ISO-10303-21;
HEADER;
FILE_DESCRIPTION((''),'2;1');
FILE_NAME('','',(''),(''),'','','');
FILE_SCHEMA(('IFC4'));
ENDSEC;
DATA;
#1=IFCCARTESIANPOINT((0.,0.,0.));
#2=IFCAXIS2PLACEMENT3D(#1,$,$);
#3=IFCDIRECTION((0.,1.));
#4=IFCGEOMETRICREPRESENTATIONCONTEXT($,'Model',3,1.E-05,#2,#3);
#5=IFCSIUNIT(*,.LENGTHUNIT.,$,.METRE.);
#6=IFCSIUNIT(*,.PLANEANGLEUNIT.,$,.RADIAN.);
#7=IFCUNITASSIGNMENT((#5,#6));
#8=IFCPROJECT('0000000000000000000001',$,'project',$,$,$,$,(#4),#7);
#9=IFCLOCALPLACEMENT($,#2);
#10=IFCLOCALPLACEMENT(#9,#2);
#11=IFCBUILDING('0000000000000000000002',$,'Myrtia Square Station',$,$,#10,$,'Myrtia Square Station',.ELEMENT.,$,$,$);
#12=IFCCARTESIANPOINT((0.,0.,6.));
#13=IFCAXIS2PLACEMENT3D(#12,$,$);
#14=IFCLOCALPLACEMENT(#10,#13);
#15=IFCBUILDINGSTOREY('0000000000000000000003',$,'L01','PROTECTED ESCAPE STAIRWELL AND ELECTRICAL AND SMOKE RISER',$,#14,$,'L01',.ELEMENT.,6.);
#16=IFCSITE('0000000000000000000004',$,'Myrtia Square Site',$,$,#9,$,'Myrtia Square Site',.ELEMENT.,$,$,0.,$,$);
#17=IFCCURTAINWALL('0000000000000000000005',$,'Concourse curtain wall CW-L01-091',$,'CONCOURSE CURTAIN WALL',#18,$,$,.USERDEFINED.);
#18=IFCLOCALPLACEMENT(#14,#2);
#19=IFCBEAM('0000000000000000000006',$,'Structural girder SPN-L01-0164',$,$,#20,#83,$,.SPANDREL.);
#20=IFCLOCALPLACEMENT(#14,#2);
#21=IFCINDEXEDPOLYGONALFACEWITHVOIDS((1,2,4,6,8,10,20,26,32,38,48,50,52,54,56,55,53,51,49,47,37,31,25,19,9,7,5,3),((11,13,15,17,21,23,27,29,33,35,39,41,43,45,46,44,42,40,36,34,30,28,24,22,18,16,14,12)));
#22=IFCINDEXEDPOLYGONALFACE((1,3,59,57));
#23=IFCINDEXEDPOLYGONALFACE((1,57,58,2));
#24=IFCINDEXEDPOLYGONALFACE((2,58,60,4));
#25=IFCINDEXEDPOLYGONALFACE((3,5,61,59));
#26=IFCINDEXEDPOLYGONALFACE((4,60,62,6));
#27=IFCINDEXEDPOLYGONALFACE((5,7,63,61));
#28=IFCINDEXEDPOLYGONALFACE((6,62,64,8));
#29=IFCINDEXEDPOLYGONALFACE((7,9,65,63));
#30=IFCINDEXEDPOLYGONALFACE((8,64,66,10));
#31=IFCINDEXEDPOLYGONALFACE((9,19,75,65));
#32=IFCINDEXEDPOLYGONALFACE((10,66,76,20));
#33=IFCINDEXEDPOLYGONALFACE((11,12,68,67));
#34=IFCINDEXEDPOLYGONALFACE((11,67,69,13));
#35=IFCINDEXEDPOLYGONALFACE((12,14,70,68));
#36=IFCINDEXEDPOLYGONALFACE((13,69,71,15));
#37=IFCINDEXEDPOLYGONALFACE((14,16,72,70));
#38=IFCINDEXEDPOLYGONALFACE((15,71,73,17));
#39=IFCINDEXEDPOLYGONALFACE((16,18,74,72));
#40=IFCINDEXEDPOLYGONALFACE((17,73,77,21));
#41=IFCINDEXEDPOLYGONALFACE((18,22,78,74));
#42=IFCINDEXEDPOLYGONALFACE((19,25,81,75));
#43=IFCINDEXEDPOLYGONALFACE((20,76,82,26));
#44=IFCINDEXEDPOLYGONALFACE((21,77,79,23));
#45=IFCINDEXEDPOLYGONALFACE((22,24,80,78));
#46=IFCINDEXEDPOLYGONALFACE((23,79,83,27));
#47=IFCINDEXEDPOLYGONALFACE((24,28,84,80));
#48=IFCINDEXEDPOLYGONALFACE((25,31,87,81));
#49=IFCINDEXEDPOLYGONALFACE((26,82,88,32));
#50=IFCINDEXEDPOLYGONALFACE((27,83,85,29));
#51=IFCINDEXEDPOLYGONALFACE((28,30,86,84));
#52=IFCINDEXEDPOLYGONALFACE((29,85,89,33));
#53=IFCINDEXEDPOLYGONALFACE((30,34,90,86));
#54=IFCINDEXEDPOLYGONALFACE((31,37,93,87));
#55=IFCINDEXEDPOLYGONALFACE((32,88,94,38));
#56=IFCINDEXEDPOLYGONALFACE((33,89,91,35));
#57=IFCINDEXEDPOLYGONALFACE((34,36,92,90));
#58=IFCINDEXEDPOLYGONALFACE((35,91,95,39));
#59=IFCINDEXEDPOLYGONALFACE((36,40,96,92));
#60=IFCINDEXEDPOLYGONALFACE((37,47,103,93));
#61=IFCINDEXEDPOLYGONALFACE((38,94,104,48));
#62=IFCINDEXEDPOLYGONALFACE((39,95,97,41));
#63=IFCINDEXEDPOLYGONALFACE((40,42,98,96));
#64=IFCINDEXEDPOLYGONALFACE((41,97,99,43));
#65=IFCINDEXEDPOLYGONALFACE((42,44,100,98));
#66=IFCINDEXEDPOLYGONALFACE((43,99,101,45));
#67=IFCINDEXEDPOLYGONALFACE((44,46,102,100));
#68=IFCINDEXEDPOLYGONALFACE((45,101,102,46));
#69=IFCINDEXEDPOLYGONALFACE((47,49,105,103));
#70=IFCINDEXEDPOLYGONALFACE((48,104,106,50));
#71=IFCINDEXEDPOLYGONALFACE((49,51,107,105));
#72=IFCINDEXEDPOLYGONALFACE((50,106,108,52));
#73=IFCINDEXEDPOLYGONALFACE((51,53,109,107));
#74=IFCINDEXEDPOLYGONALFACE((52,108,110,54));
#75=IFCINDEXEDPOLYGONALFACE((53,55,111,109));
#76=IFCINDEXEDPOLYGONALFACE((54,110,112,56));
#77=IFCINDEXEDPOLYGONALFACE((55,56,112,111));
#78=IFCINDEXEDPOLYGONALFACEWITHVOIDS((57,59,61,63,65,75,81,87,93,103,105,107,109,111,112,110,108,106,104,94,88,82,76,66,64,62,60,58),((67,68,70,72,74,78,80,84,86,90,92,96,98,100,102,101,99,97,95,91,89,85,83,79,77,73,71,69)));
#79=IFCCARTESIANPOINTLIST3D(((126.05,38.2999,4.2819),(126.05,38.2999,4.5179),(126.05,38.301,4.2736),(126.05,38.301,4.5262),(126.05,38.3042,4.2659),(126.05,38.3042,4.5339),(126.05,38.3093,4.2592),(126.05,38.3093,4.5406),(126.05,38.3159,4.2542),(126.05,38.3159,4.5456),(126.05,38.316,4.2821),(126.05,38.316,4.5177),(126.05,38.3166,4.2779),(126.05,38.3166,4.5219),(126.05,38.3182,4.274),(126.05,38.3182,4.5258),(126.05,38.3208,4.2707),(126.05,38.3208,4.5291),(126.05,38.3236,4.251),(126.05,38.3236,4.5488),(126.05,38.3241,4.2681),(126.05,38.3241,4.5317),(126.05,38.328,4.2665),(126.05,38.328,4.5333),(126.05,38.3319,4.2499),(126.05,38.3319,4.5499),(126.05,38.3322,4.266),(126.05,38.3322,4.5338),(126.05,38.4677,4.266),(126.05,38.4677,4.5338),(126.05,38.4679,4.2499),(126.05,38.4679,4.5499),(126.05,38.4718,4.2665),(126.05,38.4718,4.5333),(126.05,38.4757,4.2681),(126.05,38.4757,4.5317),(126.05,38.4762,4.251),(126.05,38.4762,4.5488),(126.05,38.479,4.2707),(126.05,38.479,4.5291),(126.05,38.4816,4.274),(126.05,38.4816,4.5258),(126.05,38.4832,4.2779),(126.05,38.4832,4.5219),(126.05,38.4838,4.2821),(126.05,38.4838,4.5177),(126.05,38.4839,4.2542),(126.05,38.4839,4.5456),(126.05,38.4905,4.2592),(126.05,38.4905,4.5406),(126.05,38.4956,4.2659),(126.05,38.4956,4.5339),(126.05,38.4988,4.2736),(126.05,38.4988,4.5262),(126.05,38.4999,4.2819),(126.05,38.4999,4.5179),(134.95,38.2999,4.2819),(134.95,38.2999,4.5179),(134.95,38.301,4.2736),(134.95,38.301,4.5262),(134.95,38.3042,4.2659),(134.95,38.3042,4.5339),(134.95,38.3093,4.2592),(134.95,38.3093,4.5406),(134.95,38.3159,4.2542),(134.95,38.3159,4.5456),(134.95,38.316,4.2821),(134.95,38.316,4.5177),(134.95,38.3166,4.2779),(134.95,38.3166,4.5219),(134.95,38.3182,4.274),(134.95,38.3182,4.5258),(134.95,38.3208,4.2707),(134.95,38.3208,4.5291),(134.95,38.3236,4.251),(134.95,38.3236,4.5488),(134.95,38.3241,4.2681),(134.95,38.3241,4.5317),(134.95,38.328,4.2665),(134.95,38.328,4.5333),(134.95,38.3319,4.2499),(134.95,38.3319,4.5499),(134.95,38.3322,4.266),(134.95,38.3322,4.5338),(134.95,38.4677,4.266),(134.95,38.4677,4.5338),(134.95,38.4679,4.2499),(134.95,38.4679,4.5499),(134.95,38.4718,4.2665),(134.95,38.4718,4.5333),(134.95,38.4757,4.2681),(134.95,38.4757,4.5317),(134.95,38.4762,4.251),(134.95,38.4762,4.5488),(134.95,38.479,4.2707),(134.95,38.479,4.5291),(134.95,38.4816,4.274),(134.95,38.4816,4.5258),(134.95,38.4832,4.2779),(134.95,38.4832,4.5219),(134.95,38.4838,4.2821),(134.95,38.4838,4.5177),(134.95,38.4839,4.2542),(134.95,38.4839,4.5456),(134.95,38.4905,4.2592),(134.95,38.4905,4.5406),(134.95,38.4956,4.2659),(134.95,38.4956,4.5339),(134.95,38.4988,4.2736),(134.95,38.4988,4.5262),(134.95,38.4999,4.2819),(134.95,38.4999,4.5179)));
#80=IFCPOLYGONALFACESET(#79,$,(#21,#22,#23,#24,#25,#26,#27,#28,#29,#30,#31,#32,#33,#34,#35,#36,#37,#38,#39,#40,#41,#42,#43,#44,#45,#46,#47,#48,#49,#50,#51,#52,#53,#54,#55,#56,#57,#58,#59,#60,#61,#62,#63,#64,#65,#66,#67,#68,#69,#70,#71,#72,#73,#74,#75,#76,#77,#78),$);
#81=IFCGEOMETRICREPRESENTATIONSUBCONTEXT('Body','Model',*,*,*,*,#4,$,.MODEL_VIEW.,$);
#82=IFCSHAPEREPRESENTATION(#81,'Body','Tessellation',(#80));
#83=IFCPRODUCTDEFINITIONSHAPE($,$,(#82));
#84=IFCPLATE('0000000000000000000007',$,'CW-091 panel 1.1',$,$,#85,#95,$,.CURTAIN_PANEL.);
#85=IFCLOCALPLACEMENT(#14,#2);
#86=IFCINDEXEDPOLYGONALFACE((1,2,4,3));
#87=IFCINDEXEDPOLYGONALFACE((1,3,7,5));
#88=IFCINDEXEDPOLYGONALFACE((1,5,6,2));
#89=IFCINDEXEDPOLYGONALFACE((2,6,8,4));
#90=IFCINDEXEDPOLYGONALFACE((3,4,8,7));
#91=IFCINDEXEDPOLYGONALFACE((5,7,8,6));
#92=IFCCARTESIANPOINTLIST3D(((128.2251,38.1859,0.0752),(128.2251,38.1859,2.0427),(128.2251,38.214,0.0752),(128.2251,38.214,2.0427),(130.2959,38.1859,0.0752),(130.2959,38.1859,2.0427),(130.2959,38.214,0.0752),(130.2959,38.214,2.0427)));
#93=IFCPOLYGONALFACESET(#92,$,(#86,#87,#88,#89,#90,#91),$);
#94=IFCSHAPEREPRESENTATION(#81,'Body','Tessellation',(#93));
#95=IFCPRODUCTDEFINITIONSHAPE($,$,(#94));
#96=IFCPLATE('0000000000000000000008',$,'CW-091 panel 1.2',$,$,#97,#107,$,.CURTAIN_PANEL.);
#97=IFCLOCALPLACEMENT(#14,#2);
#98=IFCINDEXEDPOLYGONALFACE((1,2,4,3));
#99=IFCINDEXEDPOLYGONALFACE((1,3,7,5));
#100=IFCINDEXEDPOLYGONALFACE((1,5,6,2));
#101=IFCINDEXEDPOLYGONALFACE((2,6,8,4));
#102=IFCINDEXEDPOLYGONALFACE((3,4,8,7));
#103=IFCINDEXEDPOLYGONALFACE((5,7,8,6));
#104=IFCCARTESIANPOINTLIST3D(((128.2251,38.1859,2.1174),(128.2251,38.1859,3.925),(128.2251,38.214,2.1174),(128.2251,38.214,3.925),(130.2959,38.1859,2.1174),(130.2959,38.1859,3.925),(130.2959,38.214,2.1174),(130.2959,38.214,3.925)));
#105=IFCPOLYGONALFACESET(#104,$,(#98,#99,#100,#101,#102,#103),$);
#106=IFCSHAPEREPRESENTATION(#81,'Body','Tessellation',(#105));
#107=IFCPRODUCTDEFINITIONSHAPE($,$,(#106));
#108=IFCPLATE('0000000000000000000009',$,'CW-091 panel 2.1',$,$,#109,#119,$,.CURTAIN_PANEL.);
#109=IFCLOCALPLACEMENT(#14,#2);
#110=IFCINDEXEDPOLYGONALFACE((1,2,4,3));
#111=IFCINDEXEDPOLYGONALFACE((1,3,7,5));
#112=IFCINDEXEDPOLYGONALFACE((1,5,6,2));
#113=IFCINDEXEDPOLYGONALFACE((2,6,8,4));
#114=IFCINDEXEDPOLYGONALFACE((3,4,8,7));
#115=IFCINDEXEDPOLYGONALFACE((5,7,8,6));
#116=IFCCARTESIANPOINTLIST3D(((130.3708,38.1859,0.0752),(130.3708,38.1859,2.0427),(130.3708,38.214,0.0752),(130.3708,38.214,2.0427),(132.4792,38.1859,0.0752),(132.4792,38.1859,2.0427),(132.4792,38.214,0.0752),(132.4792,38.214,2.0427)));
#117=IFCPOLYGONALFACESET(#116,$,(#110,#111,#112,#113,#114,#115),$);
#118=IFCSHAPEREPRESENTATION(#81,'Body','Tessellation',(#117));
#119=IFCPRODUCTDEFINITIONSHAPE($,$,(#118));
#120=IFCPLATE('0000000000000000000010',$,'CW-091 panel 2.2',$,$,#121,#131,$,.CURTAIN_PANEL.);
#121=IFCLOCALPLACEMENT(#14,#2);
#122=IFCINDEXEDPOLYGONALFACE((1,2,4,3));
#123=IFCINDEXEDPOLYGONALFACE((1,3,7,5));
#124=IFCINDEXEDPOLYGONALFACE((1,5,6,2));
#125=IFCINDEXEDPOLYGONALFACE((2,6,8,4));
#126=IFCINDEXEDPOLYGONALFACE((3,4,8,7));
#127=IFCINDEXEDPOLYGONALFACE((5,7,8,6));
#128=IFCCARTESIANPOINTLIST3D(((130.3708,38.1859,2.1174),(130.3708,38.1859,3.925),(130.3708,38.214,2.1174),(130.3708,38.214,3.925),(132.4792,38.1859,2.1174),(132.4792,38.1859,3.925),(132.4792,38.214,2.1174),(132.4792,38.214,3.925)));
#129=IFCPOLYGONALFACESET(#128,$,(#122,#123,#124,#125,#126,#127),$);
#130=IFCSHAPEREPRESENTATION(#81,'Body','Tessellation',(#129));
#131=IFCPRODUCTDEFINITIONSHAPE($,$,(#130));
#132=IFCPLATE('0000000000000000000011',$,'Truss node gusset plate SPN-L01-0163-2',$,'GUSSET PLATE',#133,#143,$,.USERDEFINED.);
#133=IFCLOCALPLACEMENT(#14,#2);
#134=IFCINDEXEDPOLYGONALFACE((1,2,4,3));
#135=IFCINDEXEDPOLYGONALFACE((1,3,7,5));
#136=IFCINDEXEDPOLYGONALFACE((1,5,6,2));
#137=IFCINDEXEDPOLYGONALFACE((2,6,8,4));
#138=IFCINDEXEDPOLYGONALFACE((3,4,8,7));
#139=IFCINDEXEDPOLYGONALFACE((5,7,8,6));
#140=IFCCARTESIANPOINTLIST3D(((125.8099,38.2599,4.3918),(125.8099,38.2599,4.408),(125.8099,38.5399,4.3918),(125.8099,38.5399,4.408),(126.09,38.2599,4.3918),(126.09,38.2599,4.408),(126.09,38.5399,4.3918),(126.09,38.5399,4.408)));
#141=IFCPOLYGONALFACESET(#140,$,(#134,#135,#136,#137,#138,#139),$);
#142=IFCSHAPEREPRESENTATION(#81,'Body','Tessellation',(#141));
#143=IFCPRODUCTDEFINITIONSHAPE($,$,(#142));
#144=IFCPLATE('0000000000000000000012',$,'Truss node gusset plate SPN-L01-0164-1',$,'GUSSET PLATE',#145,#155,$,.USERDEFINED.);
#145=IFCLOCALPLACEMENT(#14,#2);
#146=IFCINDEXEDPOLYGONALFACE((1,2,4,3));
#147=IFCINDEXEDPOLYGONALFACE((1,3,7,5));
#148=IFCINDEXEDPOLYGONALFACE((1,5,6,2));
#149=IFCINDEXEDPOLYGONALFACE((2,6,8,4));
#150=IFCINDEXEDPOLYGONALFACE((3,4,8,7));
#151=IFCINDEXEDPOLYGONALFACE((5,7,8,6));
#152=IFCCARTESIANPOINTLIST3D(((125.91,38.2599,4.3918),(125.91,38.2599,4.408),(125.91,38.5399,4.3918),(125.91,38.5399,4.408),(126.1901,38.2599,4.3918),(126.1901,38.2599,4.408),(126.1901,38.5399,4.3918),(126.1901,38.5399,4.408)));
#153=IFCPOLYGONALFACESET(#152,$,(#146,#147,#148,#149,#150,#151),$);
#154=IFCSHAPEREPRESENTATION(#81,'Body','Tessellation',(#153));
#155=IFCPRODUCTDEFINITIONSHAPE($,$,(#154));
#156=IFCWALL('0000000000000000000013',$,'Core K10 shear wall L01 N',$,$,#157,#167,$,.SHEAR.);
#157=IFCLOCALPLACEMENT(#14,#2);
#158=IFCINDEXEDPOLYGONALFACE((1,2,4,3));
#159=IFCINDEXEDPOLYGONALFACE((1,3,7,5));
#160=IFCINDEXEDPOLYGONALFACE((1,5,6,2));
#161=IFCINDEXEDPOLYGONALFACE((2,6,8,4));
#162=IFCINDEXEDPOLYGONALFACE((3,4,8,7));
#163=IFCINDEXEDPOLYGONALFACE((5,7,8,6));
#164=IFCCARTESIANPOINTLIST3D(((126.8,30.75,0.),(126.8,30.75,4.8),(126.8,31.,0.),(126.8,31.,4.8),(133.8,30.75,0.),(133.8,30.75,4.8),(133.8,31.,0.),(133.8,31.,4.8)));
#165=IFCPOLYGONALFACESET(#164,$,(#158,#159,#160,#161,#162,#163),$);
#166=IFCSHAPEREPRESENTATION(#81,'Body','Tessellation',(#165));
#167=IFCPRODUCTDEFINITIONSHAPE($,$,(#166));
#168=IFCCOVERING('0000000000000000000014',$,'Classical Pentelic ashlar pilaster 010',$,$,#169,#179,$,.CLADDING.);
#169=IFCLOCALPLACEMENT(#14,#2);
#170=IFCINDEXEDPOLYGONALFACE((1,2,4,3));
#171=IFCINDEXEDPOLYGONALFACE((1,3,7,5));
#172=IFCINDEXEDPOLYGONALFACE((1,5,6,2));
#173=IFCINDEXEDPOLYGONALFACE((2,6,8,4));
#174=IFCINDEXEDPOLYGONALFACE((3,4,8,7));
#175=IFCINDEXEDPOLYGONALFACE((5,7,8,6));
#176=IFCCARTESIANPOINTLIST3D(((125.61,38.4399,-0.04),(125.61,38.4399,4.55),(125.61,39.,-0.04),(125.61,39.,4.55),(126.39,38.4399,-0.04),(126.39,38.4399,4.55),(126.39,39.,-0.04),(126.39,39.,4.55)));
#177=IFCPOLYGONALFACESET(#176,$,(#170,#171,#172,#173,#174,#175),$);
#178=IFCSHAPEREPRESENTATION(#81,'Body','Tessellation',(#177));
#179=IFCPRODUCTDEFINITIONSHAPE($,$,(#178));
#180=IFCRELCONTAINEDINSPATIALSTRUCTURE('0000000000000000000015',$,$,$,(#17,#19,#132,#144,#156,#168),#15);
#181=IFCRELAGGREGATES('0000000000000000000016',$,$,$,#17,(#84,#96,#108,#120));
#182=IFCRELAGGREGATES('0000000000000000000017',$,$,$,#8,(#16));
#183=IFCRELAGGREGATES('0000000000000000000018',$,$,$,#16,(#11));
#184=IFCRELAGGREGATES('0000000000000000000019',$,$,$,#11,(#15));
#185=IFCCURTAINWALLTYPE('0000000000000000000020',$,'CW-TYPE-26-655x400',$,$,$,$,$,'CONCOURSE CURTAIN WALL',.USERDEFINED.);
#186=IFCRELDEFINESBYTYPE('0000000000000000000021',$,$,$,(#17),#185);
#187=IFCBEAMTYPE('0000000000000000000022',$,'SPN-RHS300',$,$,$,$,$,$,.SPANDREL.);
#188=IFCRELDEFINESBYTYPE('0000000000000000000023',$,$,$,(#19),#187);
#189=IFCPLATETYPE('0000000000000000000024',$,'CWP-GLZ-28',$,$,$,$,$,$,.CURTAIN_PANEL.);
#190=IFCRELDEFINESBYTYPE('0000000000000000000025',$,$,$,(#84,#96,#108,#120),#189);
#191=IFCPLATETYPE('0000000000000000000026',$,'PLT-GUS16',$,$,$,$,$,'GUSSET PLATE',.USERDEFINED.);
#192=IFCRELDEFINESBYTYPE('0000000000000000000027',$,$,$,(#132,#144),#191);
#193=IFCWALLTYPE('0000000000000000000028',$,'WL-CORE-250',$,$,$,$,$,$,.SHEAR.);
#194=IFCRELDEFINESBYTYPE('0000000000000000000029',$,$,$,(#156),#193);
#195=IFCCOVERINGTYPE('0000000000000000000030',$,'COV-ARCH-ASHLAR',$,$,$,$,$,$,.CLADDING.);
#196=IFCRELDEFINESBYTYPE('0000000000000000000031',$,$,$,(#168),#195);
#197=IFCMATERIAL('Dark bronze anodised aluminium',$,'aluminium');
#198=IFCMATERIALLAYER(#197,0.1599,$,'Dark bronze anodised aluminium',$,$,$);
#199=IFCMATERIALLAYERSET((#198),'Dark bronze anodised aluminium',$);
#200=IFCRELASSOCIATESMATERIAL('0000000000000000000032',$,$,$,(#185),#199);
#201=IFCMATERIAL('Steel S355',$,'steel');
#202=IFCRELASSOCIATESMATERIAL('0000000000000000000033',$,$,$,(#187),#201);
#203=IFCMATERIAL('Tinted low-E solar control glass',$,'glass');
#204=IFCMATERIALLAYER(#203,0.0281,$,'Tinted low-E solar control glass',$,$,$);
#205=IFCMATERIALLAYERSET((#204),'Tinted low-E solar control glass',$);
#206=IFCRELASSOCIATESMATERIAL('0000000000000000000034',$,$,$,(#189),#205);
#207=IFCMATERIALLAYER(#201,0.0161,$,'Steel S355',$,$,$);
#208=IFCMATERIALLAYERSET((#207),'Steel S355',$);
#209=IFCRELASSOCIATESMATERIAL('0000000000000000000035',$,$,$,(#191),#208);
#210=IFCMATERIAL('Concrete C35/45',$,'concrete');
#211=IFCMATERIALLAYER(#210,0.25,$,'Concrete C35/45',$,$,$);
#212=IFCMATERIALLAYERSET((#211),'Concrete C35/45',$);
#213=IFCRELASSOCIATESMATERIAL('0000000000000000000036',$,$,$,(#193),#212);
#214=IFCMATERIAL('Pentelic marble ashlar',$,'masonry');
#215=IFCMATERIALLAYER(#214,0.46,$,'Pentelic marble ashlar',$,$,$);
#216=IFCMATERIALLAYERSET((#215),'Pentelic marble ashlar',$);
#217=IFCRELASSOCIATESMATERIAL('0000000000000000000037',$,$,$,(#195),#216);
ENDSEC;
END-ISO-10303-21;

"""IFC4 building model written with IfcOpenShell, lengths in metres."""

from ifc_helpers import new_model, si_unit, direction, frame, frame_2d, origin, origin_2d, place, context, subcontext, project, spatial, rectangle, hollow_rectangle, extrude, material, layer, layer_set, material_profile, profile_set, type_object, element, aggregate, save


model = new_model("IFC4")

# Units and contexts
model_context = context("Model", 3, precision=1e-05, world=origin(), true_north=direction((0.0, 1.0)))
body_context = subcontext(model_context, "Body", "Model", "MODEL_VIEW")
ifc_project = project(units=[si_unit("LENGTHUNIT", "METRE"), si_unit("PLANEANGLEUNIT", "RADIAN")], contexts=[model_context])

# Site, building, storey
site_placement = place(None, origin())
site = spatial("IfcSite", under=ifc_project, at=site_placement, Name="Myrtia Square Site", LongName="Myrtia Square Site", CompositionType="ELEMENT", RefElevation=0.0)
building_placement = place(site_placement, origin())
building = spatial("IfcBuilding", under=site, at=building_placement, Name="Myrtia Square Station", LongName="Myrtia Square Station", CompositionType="ELEMENT")
storey_placement = place(building_placement, frame((0.0, 0.0, 6.0)))
storey = spatial("IfcBuildingStorey", under=building, at=storey_placement, Name="L01", Description="PROTECTED ESCAPE STAIRWELL AND ELECTRICAL AND SMOKE RISER", LongName="L01", CompositionType="ELEMENT", Elevation=6.0)

# Shared definitions
ifc_material_1 = material(Name="Steel S355", Category="steel")

# Shared definitions
ifc_material_2 = material(Name="Dark bronze anodised aluminium", Category="aluminium")

# Curtain wall
ifc_layer_1 = layer(ifc_material_2, 0.1599, Name="Dark bronze anodised aluminium")
ifc_layer_set_1 = layer_set([ifc_layer_1], Name="Dark bronze anodised aluminium")
curtain_wall_type_1 = type_object("IfcCurtainWallType", Name="CW-TYPE-26-655x400", ElementType="CONCOURSE CURTAIN WALL", PredefinedType="USERDEFINED", material=ifc_layer_set_1)
curtain_wall_1_placement = place(storey_placement, origin())
curtain_wall_1 = element("IfcCurtainWall", 1, at=curtain_wall_1_placement, inside=storey, type_object=curtain_wall_type_1, Name="Concourse curtain wall CW-L01-091", ObjectType="CONCOURSE CURTAIN WALL", PredefinedType="USERDEFINED")

# Beam
ifc_material_profile_1 = material_profile(ifc_material_1, hollow_rectangle(XDim=0.2, YDim=0.3, WallThickness=0.0161, InnerFilletRadius=0.0161, OuterFilletRadius=0.032, at=origin_2d()), Name="RHS 300x200x16")
ifc_profile_set_1 = profile_set([ifc_material_profile_1], Name="Steel S355")
beam_type = type_object("IfcBeamType", Name="SPN-RHS300", PredefinedType="SPANDREL", material=ifc_profile_set_1)
beam_placement = place(storey_placement, frame((126.05, 38.3999, 4.3999), z_axis=(1.0, 0.0, 0.0), x_axis=(0.0, 1.0, 0.0)))
element("IfcBeam", 2, at=beam_placement, inside=storey, type_object=beam_type, Name="Structural girder SPN-L01-0164", PredefinedType="SPANDREL", context=body_context, shape_type="SweptSolid", body=[
    extrude(hollow_rectangle(XDim=0.2, YDim=0.3, WallThickness=0.0161, InnerFilletRadius=0.0161, OuterFilletRadius=0.032, at=origin_2d()), origin(), (0.0, 0.0, 1.0), 8.8999),
])

# Plates
ifc_material_3 = material(Name="Tinted low-E solar control glass", Category="glass")
ifc_layer_2 = layer(ifc_material_3, 0.0281, Name="Tinted low-E solar control glass")
ifc_layer_set_2 = layer_set([ifc_layer_2], Name="Tinted low-E solar control glass")
plate_type_1 = type_object("IfcPlateType", Name="CWP-GLZ-28", PredefinedType="CURTAIN_PANEL", material=ifc_layer_set_2)
plate_1_placement = place(storey_placement, frame((129.2605, 38.2, 0.0752), z_axis=(0.0, 0.0, 1.0), x_axis=(1.0, 0.0, 0.0)))
plate_1 = element("IfcPlate", 3, at=plate_1_placement, type_object=plate_type_1, Name="CW-091 panel 1.1", PredefinedType="CURTAIN_PANEL", context=body_context, shape_type="SweptSolid", body=[
    extrude(rectangle(XDim=2.0708, YDim=0.0281, at=origin_2d()), origin(), (0.0, 0.0, 1.0), 1.9675),
])
plate_2_placement = place(storey_placement, frame((129.2605, 38.2, 2.1174), z_axis=(0.0, 0.0, 1.0), x_axis=(1.0, 0.0, 0.0)))
plate_2 = element("IfcPlate", 4, at=plate_2_placement, type_object=plate_type_1, Name="CW-091 panel 1.2", PredefinedType="CURTAIN_PANEL", context=body_context, shape_type="SweptSolid", body=[
    extrude(rectangle(XDim=2.0708, YDim=0.0281, at=origin_2d()), origin(), (0.0, 0.0, 1.0), 1.8076),
])
plate_3_placement = place(storey_placement, frame((131.425, 38.2, 0.0752), z_axis=(0.0, 0.0, 1.0), x_axis=(1.0, 0.0, 0.0)))
plate_3 = element("IfcPlate", 5, at=plate_3_placement, type_object=plate_type_1, Name="CW-091 panel 2.1", PredefinedType="CURTAIN_PANEL", context=body_context, shape_type="SweptSolid", body=[
    extrude(rectangle(XDim=2.1084, YDim=0.0281, at=origin_2d()), origin(), (0.0, 0.0, 1.0), 1.9675),
])
plate_4_placement = place(storey_placement, frame((131.425, 38.2, 2.1174), z_axis=(0.0, 0.0, 1.0), x_axis=(1.0, 0.0, 0.0)))
plate_4 = element("IfcPlate", 6, at=plate_4_placement, type_object=plate_type_1, Name="CW-091 panel 2.2", PredefinedType="CURTAIN_PANEL", context=body_context, shape_type="SweptSolid", body=[
    extrude(rectangle(XDim=2.1084, YDim=0.0281, at=origin_2d()), origin(), (0.0, 0.0, 1.0), 1.8076),
])
aggregate(curtain_wall_1, [plate_1, plate_2, plate_3, plate_4])

# Plates
ifc_layer_3 = layer(ifc_material_1, 0.0161, Name="Steel S355")
ifc_layer_set_3 = layer_set([ifc_layer_3], Name="Steel S355")
plate_type_2 = type_object("IfcPlateType", Name="PLT-GUS16", ElementType="GUSSET PLATE", PredefinedType="USERDEFINED", material=ifc_layer_set_3)
for number, where, z_axis, x_axis, name in (
    (7, (125.95, 38.3999, 4.3918), (0.0, 0.0, 1.0), (1.0, 0.0, 0.0), "Truss node gusset plate SPN-L01-0163-2"),
    (8, (126.05, 38.3999, 4.3918), (0.0, 0.0, 1.0), (1.0, 0.0, 0.0), "Truss node gusset plate SPN-L01-0164-1"),
):
    element("IfcPlate", number, at=place(storey_placement, frame(where, z_axis=z_axis, x_axis=x_axis)), inside=storey, type_object=plate_type_2, Name=name, ObjectType="GUSSET PLATE", PredefinedType="USERDEFINED", context=body_context, shape_type="SweptSolid", body=[
        extrude(rectangle(XDim=0.28, YDim=0.28, at=origin_2d()), origin(), (0.0, 0.0, 1.0), 0.0161),
    ])

# Wall
ifc_material_4 = material(Name="Concrete C35/45", Category="concrete")
ifc_layer_4 = layer(ifc_material_4, 0.25, Name="Concrete C35/45")
ifc_layer_set_4 = layer_set([ifc_layer_4], Name="Concrete C35/45")
wall_type = type_object("IfcWallType", Name="WL-CORE-250", PredefinedType="SHEAR", material=ifc_layer_set_4)
wall_placement = place(storey_placement, frame((126.8, 30.875, 0.0), z_axis=(0.0, 0.0, 1.0), x_axis=(1.0, 0.0, 0.0)))
element("IfcWall", 9, at=wall_placement, inside=storey, type_object=wall_type, Name="Core K10 shear wall L01 N", PredefinedType="SHEAR", context=body_context, shape_type="SweptSolid", body=[
    extrude(rectangle(XDim=7.0, YDim=0.25, at=frame_2d((3.5, 0.0))), origin(), (0.0, 0.0, 1.0), 4.8),
])

# Covering
ifc_material_5 = material(Name="Pentelic marble ashlar", Category="masonry")
ifc_layer_5 = layer(ifc_material_5, 0.46, Name="Pentelic marble ashlar")
ifc_layer_set_5 = layer_set([ifc_layer_5], Name="Pentelic marble ashlar")
covering_type = type_object("IfcCoveringType", Name="COV-ARCH-ASHLAR", PredefinedType="CLADDING", material=ifc_layer_set_5)
covering_placement = place(storey_placement, frame((126.0, 38.72, -0.04), z_axis=(0.0, 0.0, 1.0), x_axis=(1.0, 0.0, 0.0)))
element("IfcCovering", 10, at=covering_placement, inside=storey, type_object=covering_type, Name="Classical Pentelic ashlar pilaster 010", PredefinedType="CLADDING", context=body_context, shape_type="SweptSolid", body=[
    extrude(rectangle(XDim=0.78, YDim=0.5601, at=origin_2d()), origin(), (0.0, 0.0, 1.0), 4.5901),
])

save(model, "model.ifc")
